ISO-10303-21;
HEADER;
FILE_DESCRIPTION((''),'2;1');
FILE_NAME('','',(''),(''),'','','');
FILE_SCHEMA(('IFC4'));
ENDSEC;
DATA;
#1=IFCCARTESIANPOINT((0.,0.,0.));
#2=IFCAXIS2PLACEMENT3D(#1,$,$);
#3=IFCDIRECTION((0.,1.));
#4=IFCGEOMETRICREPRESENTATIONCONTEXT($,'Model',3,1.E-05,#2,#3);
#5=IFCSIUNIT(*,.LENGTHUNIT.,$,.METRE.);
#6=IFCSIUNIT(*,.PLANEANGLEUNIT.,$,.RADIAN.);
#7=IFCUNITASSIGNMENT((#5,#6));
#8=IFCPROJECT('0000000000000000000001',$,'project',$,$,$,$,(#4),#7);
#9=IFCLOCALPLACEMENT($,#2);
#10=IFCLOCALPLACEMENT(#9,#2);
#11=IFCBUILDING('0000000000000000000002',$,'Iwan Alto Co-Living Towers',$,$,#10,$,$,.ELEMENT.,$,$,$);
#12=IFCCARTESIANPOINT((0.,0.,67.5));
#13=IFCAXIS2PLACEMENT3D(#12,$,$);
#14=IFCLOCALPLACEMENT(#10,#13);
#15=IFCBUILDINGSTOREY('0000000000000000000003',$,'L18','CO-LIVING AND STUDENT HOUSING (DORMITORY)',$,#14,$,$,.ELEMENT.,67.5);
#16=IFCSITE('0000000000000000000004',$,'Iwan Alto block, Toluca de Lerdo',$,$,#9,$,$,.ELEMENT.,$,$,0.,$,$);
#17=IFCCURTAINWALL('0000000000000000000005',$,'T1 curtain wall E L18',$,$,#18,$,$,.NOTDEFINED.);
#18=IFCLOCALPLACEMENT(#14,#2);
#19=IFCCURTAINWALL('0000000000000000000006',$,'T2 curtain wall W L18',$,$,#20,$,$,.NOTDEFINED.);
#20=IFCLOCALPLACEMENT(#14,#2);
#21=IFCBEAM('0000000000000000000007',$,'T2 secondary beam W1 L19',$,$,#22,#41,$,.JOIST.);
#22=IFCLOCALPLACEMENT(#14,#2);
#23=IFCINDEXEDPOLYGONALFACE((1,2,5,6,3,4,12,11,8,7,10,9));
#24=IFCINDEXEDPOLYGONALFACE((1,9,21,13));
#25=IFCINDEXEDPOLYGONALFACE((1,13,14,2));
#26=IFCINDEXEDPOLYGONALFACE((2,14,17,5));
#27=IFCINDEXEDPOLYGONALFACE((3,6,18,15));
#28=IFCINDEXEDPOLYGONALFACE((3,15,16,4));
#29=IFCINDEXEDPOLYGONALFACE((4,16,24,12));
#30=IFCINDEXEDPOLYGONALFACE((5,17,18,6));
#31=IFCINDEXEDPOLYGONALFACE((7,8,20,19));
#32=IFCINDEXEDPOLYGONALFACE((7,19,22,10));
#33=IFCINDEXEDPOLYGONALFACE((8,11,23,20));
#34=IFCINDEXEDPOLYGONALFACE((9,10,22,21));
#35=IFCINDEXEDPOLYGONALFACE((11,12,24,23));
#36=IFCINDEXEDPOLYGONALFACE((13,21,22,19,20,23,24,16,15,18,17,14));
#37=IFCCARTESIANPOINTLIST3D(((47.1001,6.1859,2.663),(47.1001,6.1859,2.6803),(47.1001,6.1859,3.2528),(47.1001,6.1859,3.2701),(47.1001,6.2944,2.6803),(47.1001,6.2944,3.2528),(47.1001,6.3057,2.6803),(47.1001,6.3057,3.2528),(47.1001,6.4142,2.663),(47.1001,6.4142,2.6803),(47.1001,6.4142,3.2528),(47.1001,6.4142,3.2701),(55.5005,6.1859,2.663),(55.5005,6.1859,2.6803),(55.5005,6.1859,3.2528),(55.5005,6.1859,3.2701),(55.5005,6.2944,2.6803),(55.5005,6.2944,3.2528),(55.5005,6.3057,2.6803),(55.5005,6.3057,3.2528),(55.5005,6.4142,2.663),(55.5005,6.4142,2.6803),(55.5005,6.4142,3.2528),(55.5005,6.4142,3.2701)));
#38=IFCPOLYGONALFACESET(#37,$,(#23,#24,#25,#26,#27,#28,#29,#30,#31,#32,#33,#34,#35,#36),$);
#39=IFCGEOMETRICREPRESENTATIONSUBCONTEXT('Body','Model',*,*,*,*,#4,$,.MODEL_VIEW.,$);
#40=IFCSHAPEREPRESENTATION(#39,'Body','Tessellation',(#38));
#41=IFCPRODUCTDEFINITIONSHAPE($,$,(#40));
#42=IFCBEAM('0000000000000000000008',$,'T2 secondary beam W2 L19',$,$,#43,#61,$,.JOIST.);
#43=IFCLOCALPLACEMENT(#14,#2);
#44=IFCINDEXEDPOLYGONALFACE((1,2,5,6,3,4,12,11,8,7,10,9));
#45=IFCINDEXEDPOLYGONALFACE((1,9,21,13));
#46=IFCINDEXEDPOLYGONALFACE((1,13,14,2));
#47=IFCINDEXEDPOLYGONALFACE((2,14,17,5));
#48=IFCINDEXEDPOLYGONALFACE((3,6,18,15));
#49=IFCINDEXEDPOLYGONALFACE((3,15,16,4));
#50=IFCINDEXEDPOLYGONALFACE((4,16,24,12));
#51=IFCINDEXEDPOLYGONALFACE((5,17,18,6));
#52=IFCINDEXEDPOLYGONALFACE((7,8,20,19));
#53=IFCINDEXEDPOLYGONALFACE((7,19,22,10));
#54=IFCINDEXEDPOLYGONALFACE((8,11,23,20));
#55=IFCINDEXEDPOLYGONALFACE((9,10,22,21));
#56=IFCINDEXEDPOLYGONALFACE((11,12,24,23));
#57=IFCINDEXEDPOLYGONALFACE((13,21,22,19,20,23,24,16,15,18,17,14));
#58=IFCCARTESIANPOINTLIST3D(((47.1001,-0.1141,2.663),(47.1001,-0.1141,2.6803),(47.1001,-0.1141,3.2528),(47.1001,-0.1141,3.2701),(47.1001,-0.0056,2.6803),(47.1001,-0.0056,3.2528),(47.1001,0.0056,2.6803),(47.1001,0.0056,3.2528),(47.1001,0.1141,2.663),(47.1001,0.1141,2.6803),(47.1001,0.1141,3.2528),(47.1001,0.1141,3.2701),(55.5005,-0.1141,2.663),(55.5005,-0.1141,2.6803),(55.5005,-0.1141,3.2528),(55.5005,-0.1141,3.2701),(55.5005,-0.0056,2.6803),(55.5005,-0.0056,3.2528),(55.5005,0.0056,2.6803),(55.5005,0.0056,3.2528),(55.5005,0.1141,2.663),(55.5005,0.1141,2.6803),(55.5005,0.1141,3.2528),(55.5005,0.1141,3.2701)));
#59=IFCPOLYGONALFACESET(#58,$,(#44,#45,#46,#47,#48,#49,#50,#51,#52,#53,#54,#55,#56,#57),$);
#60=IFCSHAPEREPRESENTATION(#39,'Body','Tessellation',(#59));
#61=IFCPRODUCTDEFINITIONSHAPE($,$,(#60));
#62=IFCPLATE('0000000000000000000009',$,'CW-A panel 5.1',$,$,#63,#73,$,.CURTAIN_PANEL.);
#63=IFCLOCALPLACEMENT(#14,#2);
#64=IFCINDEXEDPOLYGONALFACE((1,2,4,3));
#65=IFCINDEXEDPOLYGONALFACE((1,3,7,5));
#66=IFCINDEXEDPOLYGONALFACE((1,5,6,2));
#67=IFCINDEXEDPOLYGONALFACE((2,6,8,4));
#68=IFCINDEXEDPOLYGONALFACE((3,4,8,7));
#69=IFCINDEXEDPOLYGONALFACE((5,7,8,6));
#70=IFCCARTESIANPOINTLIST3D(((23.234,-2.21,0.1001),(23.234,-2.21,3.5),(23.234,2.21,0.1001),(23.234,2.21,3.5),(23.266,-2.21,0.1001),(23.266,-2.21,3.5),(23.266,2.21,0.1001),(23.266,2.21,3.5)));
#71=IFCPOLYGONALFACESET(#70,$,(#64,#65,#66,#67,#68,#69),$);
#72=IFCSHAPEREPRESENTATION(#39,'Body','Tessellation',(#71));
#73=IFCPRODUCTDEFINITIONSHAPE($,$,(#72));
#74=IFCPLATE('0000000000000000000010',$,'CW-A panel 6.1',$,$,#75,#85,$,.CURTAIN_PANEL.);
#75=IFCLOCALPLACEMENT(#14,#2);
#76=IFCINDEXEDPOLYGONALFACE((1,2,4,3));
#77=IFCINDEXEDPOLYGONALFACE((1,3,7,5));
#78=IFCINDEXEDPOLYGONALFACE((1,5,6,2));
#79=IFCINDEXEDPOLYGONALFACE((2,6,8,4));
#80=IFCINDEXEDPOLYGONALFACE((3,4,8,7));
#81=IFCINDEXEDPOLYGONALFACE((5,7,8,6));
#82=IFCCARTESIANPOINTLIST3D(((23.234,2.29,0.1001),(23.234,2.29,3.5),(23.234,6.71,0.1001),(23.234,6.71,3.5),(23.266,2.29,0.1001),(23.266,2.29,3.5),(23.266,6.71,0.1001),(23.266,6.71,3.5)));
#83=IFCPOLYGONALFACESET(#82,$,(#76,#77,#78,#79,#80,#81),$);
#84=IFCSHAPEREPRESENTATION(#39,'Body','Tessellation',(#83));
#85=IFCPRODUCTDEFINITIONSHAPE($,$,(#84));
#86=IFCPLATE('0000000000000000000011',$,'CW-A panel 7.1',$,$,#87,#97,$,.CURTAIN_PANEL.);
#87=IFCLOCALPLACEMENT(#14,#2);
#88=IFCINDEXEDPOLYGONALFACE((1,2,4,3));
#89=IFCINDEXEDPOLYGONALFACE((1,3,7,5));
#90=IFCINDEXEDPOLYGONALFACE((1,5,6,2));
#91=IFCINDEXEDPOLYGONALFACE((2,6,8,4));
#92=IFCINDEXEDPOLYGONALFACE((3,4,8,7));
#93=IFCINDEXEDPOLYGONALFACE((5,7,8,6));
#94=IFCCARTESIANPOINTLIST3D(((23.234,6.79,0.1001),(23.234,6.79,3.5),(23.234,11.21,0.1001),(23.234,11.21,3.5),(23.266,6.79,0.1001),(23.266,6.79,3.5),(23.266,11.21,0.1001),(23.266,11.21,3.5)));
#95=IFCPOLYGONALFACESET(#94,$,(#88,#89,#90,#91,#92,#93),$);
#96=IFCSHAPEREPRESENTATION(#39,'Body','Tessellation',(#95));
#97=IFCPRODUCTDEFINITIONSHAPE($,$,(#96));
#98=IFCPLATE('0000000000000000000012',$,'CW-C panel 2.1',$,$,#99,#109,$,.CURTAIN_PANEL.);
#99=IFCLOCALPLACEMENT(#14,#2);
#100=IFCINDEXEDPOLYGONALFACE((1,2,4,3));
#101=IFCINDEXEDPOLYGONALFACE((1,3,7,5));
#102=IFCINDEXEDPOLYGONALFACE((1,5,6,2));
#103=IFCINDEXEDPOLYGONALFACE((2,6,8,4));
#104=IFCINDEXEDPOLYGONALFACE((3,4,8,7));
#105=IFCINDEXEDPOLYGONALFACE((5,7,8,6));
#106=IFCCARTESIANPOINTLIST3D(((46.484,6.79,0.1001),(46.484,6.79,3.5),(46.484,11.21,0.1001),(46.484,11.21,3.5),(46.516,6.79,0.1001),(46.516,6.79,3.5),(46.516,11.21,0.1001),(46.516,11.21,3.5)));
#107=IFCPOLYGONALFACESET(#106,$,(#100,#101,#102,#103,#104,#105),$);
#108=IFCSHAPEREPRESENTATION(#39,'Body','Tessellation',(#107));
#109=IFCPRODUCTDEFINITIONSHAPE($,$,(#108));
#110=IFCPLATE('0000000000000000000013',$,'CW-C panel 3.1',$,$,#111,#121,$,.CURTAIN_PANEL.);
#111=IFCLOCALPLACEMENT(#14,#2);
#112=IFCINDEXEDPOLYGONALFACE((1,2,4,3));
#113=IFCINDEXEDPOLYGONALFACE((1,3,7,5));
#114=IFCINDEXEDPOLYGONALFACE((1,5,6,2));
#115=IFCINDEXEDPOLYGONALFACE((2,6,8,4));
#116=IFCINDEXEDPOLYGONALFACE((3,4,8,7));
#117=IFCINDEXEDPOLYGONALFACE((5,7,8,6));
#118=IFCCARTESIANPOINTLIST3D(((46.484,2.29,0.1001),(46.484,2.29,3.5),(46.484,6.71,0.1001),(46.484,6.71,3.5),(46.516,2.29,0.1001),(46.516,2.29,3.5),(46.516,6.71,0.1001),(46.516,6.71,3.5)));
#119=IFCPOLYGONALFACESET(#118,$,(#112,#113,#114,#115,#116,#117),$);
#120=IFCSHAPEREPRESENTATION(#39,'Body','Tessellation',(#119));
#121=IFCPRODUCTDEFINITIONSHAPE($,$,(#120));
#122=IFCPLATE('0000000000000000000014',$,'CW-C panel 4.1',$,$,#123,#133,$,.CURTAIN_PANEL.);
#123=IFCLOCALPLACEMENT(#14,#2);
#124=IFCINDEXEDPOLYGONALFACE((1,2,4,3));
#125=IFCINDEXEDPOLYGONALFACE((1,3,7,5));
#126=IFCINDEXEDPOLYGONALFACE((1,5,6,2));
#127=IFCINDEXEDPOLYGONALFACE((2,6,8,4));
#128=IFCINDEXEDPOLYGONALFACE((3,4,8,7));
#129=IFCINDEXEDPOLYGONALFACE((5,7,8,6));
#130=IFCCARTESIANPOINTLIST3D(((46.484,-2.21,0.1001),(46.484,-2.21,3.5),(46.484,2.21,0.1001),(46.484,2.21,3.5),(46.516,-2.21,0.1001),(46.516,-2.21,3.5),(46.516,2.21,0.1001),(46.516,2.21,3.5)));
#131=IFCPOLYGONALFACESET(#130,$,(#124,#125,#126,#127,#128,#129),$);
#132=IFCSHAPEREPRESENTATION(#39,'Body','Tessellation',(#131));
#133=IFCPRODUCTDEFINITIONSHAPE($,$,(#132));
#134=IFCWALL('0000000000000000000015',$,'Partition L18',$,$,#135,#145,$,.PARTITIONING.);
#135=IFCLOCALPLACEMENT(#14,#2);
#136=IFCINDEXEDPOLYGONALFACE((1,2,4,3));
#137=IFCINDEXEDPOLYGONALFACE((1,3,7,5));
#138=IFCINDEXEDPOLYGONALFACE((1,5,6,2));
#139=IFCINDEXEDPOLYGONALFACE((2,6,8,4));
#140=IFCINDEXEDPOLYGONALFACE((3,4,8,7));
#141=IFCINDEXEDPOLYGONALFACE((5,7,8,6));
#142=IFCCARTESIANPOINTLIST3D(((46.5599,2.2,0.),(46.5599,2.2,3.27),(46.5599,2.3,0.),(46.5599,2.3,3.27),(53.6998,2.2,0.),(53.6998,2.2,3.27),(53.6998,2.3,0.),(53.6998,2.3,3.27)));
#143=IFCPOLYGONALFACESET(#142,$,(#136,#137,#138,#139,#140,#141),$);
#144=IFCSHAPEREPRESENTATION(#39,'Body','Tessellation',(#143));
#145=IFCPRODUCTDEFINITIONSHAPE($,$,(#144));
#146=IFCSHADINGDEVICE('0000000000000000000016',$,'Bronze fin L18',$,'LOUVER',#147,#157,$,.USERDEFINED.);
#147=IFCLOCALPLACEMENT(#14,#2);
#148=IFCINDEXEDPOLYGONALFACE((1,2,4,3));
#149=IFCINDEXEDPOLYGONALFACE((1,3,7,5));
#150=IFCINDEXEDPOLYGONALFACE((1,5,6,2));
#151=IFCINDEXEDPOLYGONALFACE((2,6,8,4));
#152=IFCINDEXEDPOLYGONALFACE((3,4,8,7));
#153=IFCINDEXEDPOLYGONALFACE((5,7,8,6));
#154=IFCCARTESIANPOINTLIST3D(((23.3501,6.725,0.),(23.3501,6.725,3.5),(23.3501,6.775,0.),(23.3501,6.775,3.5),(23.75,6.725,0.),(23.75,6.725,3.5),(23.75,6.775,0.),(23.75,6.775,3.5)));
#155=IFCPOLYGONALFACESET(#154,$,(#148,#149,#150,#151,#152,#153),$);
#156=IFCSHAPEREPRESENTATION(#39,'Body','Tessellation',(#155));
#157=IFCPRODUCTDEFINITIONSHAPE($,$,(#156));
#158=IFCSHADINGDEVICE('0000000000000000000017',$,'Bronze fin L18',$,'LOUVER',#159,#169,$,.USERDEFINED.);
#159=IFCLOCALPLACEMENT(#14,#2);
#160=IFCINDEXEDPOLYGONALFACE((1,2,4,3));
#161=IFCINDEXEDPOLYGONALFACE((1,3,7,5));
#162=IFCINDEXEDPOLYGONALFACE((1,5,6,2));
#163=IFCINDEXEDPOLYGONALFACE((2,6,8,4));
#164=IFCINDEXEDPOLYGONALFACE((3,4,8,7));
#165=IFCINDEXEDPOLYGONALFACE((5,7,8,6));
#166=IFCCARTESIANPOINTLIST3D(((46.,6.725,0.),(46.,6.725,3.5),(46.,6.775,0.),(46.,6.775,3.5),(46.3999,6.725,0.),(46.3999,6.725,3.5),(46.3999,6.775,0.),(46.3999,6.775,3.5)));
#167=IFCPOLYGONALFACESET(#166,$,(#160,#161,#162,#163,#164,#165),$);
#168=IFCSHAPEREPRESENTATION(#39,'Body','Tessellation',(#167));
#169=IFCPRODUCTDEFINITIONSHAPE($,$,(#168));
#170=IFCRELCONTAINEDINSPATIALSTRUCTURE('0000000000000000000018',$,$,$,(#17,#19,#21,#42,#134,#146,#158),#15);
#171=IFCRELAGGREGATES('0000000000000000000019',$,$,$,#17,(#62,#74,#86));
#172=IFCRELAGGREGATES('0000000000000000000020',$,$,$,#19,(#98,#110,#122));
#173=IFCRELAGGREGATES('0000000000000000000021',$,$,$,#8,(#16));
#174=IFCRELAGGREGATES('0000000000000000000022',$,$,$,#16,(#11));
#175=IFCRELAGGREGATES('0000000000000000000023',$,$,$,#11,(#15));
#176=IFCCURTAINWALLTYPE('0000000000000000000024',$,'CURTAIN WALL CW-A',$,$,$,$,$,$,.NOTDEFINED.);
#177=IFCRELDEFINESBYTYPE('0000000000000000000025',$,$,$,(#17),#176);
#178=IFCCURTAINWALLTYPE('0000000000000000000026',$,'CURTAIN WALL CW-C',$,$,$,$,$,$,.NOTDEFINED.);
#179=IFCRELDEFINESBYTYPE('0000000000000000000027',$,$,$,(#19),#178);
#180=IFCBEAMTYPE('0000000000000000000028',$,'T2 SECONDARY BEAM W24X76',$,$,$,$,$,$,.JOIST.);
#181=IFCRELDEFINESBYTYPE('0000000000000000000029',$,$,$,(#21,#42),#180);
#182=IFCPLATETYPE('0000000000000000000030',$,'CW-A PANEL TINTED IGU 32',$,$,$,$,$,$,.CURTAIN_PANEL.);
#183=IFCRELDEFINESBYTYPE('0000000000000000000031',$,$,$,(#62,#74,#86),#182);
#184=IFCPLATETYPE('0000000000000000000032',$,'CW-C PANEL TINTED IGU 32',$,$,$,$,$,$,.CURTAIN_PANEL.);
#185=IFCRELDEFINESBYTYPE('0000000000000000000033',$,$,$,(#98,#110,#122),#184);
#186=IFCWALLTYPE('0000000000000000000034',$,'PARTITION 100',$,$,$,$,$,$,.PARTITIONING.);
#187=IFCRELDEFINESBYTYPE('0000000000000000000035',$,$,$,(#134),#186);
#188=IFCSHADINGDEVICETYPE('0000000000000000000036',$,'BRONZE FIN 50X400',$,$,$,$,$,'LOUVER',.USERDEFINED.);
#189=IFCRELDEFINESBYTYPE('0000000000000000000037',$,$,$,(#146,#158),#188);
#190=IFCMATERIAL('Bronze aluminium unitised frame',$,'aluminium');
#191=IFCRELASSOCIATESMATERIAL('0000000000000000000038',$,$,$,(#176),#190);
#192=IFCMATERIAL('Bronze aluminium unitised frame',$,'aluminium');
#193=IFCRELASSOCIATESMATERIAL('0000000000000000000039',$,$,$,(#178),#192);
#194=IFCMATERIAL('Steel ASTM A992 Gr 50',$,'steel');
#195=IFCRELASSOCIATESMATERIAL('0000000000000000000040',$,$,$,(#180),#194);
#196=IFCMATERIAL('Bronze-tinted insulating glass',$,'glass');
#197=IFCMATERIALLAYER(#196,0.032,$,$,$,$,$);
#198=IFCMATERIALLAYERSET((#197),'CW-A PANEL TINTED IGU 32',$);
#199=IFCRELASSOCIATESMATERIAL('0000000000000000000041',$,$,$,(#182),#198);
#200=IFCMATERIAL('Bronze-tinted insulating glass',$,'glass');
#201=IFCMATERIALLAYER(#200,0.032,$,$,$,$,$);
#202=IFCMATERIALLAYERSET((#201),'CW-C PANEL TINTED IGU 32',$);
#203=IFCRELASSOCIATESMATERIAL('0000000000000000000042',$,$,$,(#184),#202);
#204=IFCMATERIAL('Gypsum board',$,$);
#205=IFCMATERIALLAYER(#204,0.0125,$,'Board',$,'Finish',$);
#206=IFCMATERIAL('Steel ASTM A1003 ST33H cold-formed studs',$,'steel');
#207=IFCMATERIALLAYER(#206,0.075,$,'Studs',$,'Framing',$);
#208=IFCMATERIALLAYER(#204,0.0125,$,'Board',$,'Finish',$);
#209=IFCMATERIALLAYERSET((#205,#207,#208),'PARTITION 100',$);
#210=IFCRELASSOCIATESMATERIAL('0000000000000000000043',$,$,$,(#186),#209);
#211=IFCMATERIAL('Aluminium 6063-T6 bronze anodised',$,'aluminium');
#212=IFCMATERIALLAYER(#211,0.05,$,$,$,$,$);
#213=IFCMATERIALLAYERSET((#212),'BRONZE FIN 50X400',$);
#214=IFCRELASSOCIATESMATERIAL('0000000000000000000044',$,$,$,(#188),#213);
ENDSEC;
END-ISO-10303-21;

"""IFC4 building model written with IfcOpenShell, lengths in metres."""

from ifc_helpers import new_model, si_unit, direction, frame, frame_2d, origin, origin_2d, place, context, subcontext, project, spatial, rectangle, i_section, extrude, material, layer, layer_set, material_profile, profile_set, type_object, element, aggregate, save


model = new_model("IFC4")

# Units and contexts
model_context = context("Model", 3, precision=1e-05, world=origin(), true_north=direction((0.0, 1.0)))
body_context = subcontext(model_context, "Body", "Model", "MODEL_VIEW")
ifc_project = project(units=[si_unit("LENGTHUNIT", "METRE"), si_unit("PLANEANGLEUNIT", "RADIAN")], contexts=[model_context])

# Site, building, storey
site_placement = place(None, origin())
site = spatial("IfcSite", under=ifc_project, at=site_placement, Name="Iwan Alto block, Toluca de Lerdo", CompositionType="ELEMENT", RefElevation=0.0)
building_placement = place(site_placement, origin())
building = spatial("IfcBuilding", under=site, at=building_placement, Name="Iwan Alto Co-Living Towers", CompositionType="ELEMENT")
storey_placement = place(building_placement, frame((0.0, 0.0, 67.5)))
storey = spatial("IfcBuildingStorey", under=building, at=storey_placement, Name="L18", Description="CO-LIVING AND STUDENT HOUSING (DORMITORY)", CompositionType="ELEMENT", Elevation=67.5)

# Curtain walls
ifc_material_1 = material(Name="Bronze aluminium unitised frame", Category="aluminium")
curtain_wall_type_1 = type_object("IfcCurtainWallType", Name="CURTAIN WALL CW-A", PredefinedType="NOTDEFINED", material=ifc_material_1)
curtain_wall_1_placement = place(storey_placement, origin())
curtain_wall_1 = element("IfcCurtainWall", 1, at=curtain_wall_1_placement, inside=storey, type_object=curtain_wall_type_1, Name="T1 curtain wall E L18", PredefinedType="NOTDEFINED")
ifc_material_2 = material(Name="Bronze aluminium unitised frame", Category="aluminium")
curtain_wall_type_2 = type_object("IfcCurtainWallType", Name="CURTAIN WALL CW-C", PredefinedType="NOTDEFINED", material=ifc_material_2)
curtain_wall_2_placement = place(storey_placement, origin())
curtain_wall_2 = element("IfcCurtainWall", 2, at=curtain_wall_2_placement, inside=storey, type_object=curtain_wall_type_2, Name="T2 curtain wall W L18", PredefinedType="NOTDEFINED")

# Beams
ifc_material_3 = material(Name="Steel ASTM A992 Gr 50", Category="steel")
ifc_material_profile_1 = material_profile(ifc_material_3, i_section(OverallWidth=0.2283, OverallDepth=0.6072, WebThickness=0.0112, FlangeThickness=0.0173, at=origin_2d()), Name="W24X76")
ifc_profile_set_1 = profile_set([ifc_material_profile_1], Name="Steel ASTM A992 Gr 50")
beam_type_1 = type_object("IfcBeamType", Name="T2 SECONDARY BEAM W24X76", PredefinedType="JOIST", material=ifc_profile_set_1)
for number, where, z_axis, x_axis, name in (
    (3, (47.1001, 6.3, 2.9666), (1.0, 0.0, 0.0), (0.0, 1.0, 0.0), "T2 secondary beam W1 L19"),
    (4, (47.1001, 0.0, 2.9666), (1.0, 0.0, 0.0), (0.0, 1.0, 0.0), "T2 secondary beam W2 L19"),
):
    element("IfcBeam", number, at=place(storey_placement, frame(where, z_axis=z_axis, x_axis=x_axis)), inside=storey, type_object=beam_type_1, Name=name, PredefinedType="JOIST", context=body_context, shape_type="SweptSolid", body=[
        extrude(i_section(OverallWidth=0.2283, OverallDepth=0.6072, WebThickness=0.0112, FlangeThickness=0.0173, at=origin_2d()), origin(), (0.0, 0.0, 1.0), 8.4004),
    ])

# Plates
ifc_material_4 = material(Name="Bronze-tinted insulating glass", Category="glass")
ifc_layer_1 = layer(ifc_material_4, 0.032)
ifc_layer_set_1 = layer_set([ifc_layer_1], Name="CW-A PANEL TINTED IGU 32")
plate_type_1 = type_object("IfcPlateType", Name="CW-A PANEL TINTED IGU 32", PredefinedType="CURTAIN_PANEL", material=ifc_layer_set_1)
plate_1_placement = place(storey_placement, frame((23.25, 0.0, 0.1001), z_axis=(0.0, 0.0, 1.0), x_axis=(0.0, 1.0, 0.0)))
plate_1 = element("IfcPlate", 5, at=plate_1_placement, type_object=plate_type_1, Name="CW-A panel 5.1", PredefinedType="CURTAIN_PANEL", context=body_context, shape_type="SweptSolid", body=[
    extrude(rectangle(XDim=4.4199, YDim=0.032, at=origin_2d()), origin(), (0.0, 0.0, 1.0), 3.3999),
])
plate_2_placement = place(storey_placement, frame((23.25, 4.5, 0.1001), z_axis=(0.0, 0.0, 1.0), x_axis=(0.0, 1.0, 0.0)))
plate_2 = element("IfcPlate", 6, at=plate_2_placement, type_object=plate_type_1, Name="CW-A panel 6.1", PredefinedType="CURTAIN_PANEL", context=body_context, shape_type="SweptSolid", body=[
    extrude(rectangle(XDim=4.4199, YDim=0.032, at=origin_2d()), origin(), (0.0, 0.0, 1.0), 3.3999),
])
plate_3_placement = place(storey_placement, frame((23.25, 9.0, 0.1001), z_axis=(0.0, 0.0, 1.0), x_axis=(0.0, 1.0, 0.0)))
plate_3 = element("IfcPlate", 7, at=plate_3_placement, type_object=plate_type_1, Name="CW-A panel 7.1", PredefinedType="CURTAIN_PANEL", context=body_context, shape_type="SweptSolid", body=[
    extrude(rectangle(XDim=4.4199, YDim=0.032, at=origin_2d()), origin(), (0.0, 0.0, 1.0), 3.3999),
])
aggregate(curtain_wall_1, [plate_1, plate_2, plate_3])
ifc_material_5 = material(Name="Bronze-tinted insulating glass", Category="glass")
ifc_layer_2 = layer(ifc_material_5, 0.032)
ifc_layer_set_2 = layer_set([ifc_layer_2], Name="CW-C PANEL TINTED IGU 32")
plate_type_2 = type_object("IfcPlateType", Name="CW-C PANEL TINTED IGU 32", PredefinedType="CURTAIN_PANEL", material=ifc_layer_set_2)
plate_4_placement = place(storey_placement, frame((46.5, 9.0, 0.1001), z_axis=(0.0, 0.0, 1.0), x_axis=(0.0, -1.0, 0.0)))
plate_4 = element("IfcPlate", 8, at=plate_4_placement, type_object=plate_type_2, Name="CW-C panel 2.1", PredefinedType="CURTAIN_PANEL", context=body_context, shape_type="SweptSolid", body=[
    extrude(rectangle(XDim=4.4199, YDim=0.032, at=origin_2d()), origin(), (0.0, 0.0, 1.0), 3.3999),
])
plate_5_placement = place(storey_placement, frame((46.5, 4.5, 0.1001), z_axis=(0.0, 0.0, 1.0), x_axis=(0.0, -1.0, 0.0)))
plate_5 = element("IfcPlate", 9, at=plate_5_placement, type_object=plate_type_2, Name="CW-C panel 3.1", PredefinedType="CURTAIN_PANEL", context=body_context, shape_type="SweptSolid", body=[
    extrude(rectangle(XDim=4.4199, YDim=0.032, at=origin_2d()), origin(), (0.0, 0.0, 1.0), 3.3999),
])
plate_6_placement = place(storey_placement, frame((46.5, 0.0, 0.1001), z_axis=(0.0, 0.0, 1.0), x_axis=(0.0, -1.0, 0.0)))
plate_6 = element("IfcPlate", 10, at=plate_6_placement, type_object=plate_type_2, Name="CW-C panel 4.1", PredefinedType="CURTAIN_PANEL", context=body_context, shape_type="SweptSolid", body=[
    extrude(rectangle(XDim=4.4199, YDim=0.032, at=origin_2d()), origin(), (0.0, 0.0, 1.0), 3.3999),
])
aggregate(curtain_wall_2, [plate_4, plate_5, plate_6])

# Wall
ifc_material_6 = material(Name="Gypsum board")
ifc_layer_3 = layer(ifc_material_6, 0.0125, Name="Board", Category="Finish")
ifc_material_7 = material(Name="Steel ASTM A1003 ST33H cold-formed studs", Category="steel")
ifc_layer_4 = layer(ifc_material_7, 0.075, Name="Studs", Category="Framing")
ifc_layer_5 = layer(ifc_material_6, 0.0125, Name="Board", Category="Finish")
ifc_layer_set_3 = layer_set([ifc_layer_3, ifc_layer_4, ifc_layer_5], Name="PARTITION 100")
wall_type = type_object("IfcWallType", Name="PARTITION 100", PredefinedType="PARTITIONING", material=ifc_layer_set_3)
wall_placement = place(storey_placement, frame((46.5601, 2.25, 0.0), z_axis=(0.0, 0.0, 1.0), x_axis=(1.0, 0.0, 0.0)))
element("IfcWall", 11, at=wall_placement, inside=storey, type_object=wall_type, Name="Partition L18", PredefinedType="PARTITIONING", context=body_context, shape_type="SweptSolid", body=[
    extrude(rectangle(XDim=7.1399, YDim=0.1001, at=frame_2d((3.5698, 0.0))), origin(), (0.0, 0.0, 1.0), 3.27),
])

# Shading devices
ifc_material_8 = material(Name="Aluminium 6063-T6 bronze anodised", Category="aluminium")
ifc_layer_6 = layer(ifc_material_8, 0.05)
ifc_layer_set_4 = layer_set([ifc_layer_6], Name="BRONZE FIN 50X400")
shading_device_type = type_object("IfcShadingDeviceType", Name="BRONZE FIN 50X400", ElementType="LOUVER", PredefinedType="USERDEFINED", material=ifc_layer_set_4)
for number, where, z_axis, x_axis, name in (
    (12, (23.55, 6.75, 0.0), (0.0, 0.0, 1.0), (0.0, 1.0, 0.0), "Bronze fin L18"),
    (13, (46.2, 6.75, 0.0), (0.0, 0.0, 1.0), (0.0, -1.0, 0.0), "Bronze fin L18"),
):
    element("IfcShadingDevice", number, at=place(storey_placement, frame(where, z_axis=z_axis, x_axis=x_axis)), inside=storey, type_object=shading_device_type, Name=name, ObjectType="LOUVER", PredefinedType="USERDEFINED", context=body_context, shape_type="SweptSolid", body=[
        extrude(rectangle(XDim=0.05, YDim=0.3999, at=origin_2d()), origin(), (0.0, 0.0, 1.0), 3.5),
    ])

save(model, "model.ifc")
